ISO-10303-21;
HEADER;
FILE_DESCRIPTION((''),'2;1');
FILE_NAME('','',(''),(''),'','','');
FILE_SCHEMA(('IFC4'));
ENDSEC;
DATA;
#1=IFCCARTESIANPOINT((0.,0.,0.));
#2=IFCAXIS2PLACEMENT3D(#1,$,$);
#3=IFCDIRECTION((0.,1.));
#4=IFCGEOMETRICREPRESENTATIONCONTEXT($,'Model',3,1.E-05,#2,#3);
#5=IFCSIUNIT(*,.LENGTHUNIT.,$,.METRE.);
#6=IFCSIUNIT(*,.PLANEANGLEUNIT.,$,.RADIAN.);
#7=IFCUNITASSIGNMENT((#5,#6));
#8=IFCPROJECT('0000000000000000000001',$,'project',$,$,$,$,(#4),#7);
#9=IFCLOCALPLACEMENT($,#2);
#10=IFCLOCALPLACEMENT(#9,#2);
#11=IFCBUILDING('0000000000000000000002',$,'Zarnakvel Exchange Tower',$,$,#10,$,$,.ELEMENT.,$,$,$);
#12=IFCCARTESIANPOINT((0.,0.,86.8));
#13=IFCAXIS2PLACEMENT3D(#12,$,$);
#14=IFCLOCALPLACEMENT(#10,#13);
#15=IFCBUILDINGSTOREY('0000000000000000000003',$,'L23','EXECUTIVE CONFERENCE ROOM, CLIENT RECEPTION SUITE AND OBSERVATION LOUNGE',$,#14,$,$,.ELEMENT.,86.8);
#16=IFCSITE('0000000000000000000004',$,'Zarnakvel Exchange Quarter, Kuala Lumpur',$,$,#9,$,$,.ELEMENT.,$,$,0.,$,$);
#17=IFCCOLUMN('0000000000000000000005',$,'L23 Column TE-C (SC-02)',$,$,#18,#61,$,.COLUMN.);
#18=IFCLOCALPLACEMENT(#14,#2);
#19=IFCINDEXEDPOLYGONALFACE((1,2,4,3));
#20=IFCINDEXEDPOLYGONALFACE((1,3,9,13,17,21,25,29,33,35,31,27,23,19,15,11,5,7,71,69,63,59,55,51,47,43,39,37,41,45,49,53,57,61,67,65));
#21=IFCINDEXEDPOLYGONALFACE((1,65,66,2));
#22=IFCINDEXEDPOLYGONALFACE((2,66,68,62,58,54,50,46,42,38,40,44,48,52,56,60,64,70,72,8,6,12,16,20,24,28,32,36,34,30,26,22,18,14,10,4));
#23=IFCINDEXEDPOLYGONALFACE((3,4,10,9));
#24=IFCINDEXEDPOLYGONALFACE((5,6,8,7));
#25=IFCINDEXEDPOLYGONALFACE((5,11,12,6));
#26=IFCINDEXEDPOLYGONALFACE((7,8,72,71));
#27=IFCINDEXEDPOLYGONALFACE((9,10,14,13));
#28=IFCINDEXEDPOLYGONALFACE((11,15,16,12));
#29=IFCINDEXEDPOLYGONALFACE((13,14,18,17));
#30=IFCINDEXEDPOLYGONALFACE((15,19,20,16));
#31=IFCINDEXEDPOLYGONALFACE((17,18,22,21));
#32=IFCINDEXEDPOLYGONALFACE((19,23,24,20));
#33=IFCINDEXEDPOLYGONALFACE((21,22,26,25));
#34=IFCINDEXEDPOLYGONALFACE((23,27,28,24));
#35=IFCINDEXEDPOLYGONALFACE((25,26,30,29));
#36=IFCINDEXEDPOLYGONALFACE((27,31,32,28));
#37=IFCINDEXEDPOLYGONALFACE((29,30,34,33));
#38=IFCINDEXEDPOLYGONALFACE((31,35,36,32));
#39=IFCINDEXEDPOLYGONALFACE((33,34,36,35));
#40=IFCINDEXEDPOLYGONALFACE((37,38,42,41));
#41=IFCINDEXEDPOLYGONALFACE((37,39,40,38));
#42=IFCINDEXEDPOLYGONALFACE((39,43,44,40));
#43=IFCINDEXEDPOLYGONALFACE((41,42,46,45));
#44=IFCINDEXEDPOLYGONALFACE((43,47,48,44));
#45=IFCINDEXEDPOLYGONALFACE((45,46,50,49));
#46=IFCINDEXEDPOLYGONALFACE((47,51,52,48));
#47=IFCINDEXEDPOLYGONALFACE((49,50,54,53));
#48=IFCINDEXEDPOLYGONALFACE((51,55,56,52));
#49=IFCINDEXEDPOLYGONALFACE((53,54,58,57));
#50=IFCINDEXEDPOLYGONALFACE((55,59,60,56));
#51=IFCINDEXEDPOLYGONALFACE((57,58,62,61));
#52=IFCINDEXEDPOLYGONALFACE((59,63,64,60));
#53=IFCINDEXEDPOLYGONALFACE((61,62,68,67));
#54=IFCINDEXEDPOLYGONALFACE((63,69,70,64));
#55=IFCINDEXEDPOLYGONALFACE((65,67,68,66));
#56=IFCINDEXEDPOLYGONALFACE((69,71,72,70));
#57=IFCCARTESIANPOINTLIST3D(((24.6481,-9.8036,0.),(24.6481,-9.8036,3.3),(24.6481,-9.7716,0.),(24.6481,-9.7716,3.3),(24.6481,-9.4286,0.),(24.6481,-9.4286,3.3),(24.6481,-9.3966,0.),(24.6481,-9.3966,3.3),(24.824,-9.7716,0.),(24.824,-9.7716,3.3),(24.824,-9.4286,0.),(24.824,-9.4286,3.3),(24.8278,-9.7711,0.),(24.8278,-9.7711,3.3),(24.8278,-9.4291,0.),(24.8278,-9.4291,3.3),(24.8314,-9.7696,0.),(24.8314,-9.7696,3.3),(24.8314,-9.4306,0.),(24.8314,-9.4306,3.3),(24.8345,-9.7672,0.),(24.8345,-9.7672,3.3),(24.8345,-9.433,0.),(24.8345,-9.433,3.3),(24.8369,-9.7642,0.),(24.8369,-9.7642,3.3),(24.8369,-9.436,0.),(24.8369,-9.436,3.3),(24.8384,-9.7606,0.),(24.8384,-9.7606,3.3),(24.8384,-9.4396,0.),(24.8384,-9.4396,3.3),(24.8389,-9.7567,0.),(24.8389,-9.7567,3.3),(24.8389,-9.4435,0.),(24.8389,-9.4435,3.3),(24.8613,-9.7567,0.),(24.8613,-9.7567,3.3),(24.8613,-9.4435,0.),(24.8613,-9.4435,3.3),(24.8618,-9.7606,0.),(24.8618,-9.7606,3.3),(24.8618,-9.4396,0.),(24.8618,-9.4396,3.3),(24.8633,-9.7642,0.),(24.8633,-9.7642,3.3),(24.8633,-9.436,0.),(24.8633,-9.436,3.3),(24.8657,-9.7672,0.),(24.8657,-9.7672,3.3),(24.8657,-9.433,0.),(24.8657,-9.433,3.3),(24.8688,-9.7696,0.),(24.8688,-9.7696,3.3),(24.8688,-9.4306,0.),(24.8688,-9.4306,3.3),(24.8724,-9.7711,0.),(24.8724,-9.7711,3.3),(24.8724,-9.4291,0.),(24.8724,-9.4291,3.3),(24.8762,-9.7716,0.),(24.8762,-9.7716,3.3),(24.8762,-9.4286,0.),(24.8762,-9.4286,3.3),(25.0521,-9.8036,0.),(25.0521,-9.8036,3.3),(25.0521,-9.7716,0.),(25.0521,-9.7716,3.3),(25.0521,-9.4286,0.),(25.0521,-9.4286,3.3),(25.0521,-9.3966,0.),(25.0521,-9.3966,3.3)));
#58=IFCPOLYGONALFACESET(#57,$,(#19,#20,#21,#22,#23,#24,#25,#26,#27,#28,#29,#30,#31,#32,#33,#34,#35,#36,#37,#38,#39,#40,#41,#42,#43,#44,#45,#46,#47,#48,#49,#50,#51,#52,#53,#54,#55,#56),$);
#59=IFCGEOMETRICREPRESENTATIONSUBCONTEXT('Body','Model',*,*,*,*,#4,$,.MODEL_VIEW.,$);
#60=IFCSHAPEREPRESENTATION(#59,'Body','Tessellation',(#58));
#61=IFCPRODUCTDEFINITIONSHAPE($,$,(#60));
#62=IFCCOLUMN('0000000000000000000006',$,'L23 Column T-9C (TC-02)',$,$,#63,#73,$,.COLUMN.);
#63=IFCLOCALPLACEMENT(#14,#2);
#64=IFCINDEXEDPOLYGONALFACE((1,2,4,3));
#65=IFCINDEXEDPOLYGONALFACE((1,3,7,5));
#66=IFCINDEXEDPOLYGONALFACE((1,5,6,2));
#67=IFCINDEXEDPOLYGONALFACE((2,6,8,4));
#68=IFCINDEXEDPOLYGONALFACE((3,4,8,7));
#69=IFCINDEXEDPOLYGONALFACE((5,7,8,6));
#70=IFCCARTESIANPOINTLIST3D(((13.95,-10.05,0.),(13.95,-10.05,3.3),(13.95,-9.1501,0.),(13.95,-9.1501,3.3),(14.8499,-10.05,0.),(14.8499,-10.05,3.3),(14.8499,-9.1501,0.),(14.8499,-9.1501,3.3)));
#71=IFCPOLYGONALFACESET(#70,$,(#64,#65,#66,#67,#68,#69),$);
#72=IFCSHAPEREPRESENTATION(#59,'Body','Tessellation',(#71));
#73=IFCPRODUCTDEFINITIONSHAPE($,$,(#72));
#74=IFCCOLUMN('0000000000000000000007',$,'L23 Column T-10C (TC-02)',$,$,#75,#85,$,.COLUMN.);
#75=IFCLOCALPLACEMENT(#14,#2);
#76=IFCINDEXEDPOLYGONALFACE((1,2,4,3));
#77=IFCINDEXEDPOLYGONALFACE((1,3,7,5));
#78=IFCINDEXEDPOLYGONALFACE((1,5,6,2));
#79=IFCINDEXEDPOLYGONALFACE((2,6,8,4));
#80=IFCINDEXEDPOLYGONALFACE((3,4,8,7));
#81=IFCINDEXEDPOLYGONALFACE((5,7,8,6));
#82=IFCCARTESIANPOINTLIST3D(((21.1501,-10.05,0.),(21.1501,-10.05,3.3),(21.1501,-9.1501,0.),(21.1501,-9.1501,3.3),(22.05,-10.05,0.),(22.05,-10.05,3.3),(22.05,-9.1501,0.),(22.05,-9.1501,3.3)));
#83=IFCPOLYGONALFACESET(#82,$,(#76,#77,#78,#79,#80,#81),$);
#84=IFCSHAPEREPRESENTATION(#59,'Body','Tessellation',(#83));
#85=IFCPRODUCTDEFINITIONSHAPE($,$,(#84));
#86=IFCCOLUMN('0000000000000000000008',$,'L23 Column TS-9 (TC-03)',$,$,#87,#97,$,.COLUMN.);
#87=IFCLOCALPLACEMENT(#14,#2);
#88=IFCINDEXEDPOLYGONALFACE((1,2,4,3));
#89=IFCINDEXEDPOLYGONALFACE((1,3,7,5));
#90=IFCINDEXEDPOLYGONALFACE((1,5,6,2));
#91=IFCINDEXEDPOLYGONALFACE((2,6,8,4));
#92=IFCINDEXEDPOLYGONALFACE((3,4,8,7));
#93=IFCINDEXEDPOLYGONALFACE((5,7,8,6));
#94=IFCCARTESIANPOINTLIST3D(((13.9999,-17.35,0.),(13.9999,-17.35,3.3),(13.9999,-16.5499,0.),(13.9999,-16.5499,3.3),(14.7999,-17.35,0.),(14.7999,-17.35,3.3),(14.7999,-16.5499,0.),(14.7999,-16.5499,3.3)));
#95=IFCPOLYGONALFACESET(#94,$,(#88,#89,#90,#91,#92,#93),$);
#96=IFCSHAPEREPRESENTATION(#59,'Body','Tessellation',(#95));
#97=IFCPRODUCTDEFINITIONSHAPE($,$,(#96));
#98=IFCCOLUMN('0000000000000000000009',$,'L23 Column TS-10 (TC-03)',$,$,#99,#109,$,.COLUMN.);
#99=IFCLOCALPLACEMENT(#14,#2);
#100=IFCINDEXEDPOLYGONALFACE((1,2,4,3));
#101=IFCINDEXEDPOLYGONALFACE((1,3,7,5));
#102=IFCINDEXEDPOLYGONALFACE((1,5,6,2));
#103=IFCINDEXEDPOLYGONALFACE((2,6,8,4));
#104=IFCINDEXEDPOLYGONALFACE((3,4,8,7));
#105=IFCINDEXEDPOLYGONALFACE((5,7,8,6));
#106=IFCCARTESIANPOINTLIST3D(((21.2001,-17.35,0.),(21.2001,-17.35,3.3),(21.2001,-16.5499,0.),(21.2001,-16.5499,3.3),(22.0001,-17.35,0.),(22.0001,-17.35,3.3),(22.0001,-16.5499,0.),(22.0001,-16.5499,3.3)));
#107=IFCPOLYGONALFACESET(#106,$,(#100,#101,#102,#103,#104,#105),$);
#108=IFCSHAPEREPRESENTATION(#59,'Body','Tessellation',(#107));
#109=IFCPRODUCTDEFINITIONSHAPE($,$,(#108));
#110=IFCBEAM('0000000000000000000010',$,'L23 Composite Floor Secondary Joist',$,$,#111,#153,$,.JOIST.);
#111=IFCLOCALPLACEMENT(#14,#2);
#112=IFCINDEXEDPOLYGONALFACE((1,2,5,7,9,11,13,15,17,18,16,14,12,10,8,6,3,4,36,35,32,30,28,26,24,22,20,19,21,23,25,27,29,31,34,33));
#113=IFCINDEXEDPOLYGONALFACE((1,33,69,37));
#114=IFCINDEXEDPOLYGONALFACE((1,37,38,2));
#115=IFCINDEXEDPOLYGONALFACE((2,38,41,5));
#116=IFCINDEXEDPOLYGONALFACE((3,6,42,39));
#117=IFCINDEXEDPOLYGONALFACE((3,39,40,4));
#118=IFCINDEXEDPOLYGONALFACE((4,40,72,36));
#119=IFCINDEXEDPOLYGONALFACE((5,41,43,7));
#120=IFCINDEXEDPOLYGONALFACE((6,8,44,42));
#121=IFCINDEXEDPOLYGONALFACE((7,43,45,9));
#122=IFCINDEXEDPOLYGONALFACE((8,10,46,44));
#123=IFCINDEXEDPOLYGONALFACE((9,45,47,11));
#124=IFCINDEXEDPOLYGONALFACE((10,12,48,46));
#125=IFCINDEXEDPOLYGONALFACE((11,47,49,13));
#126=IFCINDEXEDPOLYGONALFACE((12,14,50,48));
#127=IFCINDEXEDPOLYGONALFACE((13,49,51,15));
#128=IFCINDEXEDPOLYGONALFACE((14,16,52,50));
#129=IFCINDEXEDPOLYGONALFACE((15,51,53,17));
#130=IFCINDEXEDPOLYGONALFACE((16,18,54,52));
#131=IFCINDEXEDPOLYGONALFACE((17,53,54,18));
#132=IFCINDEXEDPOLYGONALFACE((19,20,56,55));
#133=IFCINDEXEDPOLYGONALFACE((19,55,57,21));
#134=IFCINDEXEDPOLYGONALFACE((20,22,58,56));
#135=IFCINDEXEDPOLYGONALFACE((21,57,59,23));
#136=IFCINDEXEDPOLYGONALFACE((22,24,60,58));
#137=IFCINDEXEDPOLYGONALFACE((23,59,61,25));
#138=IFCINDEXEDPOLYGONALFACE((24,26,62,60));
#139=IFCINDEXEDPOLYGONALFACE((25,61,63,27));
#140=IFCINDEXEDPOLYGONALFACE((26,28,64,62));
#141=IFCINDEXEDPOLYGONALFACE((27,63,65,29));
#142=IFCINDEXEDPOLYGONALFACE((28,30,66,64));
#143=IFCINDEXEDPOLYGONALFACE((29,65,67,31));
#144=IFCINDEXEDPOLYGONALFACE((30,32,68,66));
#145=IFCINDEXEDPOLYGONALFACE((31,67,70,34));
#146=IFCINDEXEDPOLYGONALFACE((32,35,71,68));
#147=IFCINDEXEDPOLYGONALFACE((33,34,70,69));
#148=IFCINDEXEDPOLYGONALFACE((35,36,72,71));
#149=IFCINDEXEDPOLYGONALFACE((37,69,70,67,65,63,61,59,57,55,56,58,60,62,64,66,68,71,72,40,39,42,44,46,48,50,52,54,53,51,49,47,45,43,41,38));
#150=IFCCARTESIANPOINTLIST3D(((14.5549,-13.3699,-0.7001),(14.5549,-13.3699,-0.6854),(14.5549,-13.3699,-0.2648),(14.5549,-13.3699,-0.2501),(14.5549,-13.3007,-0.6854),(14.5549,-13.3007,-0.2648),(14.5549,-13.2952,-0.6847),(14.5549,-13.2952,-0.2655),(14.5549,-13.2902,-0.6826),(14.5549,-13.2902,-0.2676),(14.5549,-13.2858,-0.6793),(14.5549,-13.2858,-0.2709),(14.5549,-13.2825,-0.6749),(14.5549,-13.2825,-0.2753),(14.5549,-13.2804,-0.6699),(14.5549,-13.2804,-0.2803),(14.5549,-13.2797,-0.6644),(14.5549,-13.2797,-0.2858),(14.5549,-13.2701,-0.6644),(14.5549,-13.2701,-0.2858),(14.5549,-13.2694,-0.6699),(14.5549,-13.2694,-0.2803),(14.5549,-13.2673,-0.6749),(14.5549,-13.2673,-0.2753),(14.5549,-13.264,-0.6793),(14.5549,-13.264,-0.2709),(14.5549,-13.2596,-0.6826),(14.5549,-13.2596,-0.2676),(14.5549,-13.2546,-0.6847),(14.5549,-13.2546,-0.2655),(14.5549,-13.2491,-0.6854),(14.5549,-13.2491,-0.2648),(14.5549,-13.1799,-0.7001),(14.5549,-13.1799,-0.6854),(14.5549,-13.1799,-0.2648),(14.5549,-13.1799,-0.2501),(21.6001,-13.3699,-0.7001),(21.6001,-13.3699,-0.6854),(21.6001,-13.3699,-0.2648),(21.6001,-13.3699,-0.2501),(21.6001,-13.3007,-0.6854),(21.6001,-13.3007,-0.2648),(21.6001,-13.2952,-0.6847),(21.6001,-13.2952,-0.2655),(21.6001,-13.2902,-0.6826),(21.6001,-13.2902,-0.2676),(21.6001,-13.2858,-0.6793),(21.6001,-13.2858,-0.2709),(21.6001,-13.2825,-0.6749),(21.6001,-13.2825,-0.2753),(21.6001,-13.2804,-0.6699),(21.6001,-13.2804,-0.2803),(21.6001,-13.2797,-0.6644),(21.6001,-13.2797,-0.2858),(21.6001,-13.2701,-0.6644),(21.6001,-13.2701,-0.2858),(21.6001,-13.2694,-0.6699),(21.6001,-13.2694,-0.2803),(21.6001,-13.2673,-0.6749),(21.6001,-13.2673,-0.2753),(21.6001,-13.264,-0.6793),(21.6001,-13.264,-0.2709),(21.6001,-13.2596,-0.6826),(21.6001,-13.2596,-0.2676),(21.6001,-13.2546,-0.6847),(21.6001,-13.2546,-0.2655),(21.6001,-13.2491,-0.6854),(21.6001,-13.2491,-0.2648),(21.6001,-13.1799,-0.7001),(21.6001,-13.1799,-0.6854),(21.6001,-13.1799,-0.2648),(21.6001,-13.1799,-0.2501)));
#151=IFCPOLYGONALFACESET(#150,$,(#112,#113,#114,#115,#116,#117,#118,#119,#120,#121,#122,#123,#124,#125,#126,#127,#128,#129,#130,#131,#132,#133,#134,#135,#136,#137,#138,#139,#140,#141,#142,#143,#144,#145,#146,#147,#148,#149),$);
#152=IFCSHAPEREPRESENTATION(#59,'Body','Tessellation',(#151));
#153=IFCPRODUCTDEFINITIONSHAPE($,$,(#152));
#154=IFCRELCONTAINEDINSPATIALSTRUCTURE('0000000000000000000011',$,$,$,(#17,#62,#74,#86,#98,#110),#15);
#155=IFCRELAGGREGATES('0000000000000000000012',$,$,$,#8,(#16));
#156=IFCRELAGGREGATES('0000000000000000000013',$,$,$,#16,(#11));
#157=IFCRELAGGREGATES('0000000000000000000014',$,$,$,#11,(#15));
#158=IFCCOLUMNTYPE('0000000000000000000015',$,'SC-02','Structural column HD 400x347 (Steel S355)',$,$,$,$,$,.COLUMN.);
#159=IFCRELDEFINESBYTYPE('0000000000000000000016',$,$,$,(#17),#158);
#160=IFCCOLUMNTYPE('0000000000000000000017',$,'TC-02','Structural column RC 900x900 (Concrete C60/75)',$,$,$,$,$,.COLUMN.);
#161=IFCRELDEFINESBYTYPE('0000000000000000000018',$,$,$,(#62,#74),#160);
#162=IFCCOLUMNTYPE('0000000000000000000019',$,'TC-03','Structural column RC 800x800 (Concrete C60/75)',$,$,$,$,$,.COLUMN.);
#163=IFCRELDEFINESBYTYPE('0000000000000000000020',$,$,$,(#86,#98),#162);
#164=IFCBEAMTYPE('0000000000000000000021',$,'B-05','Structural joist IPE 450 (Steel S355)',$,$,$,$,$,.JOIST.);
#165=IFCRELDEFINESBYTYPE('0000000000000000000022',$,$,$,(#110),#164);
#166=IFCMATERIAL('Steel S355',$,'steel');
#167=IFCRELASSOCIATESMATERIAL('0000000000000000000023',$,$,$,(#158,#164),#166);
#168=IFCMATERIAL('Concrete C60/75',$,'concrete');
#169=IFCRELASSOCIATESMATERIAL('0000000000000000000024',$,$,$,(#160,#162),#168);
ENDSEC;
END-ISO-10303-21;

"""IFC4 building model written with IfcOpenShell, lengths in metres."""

from ifc_helpers import new_model, si_unit, direction, frame, origin, origin_2d, place, context, subcontext, project, spatial, rectangle, i_section, extrude, material, material_profile, profile_set, type_object, element, save


model = new_model("IFC4")

# Units and contexts
model_context = context("Model", 3, precision=1e-05, world=origin(), true_north=direction((0.0, 1.0)))
body_context = subcontext(model_context, "Body", "Model", "MODEL_VIEW")
ifc_project = project(units=[si_unit("LENGTHUNIT", "METRE"), si_unit("PLANEANGLEUNIT", "RADIAN")], contexts=[model_context])

# Site, building, storey
site_placement = place(None, origin())
site = spatial("IfcSite", under=ifc_project, at=site_placement, Name="Zarnakvel Exchange Quarter, Kuala Lumpur", CompositionType="ELEMENT", RefElevation=0.0)
building_placement = place(site_placement, origin())
building = spatial("IfcBuilding", under=site, at=building_placement, Name="Zarnakvel Exchange Tower", CompositionType="ELEMENT")
storey_placement = place(building_placement, frame((0.0, 0.0, 86.8)))
storey = spatial("IfcBuildingStorey", under=building, at=storey_placement, Name="L23", Description="EXECUTIVE CONFERENCE ROOM, CLIENT RECEPTION SUITE AND OBSERVATION LOUNGE", CompositionType="ELEMENT", Elevation=86.8)

# Columns
ifc_material_1 = material(Name="Steel S355", Category="steel")
ifc_material_profile_1 = material_profile(ifc_material_1, i_section(OverallWidth=0.4041, OverallDepth=0.407, WebThickness=0.0225, FlangeThickness=0.032, FilletRadius=0.0149, at=origin_2d()))
ifc_profile_set_1 = profile_set([ifc_material_profile_1], Name="Steel S355")
column_type_1 = type_object("IfcColumnType", Name="SC-02", Description="Structural column HD 400x347 (Steel S355)", PredefinedType="COLUMN", material=ifc_profile_set_1)
column_placement = place(storey_placement, frame((24.8501, -9.6001, 0.0), z_axis=(0.0, 0.0, 1.0), x_axis=(1.0, 0.0, 0.0)))
element("IfcColumn", 1, at=column_placement, inside=storey, type_object=column_type_1, Name="L23 Column TE-C (SC-02)", PredefinedType="COLUMN", context=body_context, shape_type="SweptSolid", body=[
    extrude(i_section(OverallWidth=0.4041, OverallDepth=0.407, WebThickness=0.0225, FlangeThickness=0.032, FilletRadius=0.0149, at=origin_2d()), origin(), (0.0, 0.0, 1.0), 3.3),
])
ifc_material_2 = material(Name="Concrete C60/75", Category="concrete")
ifc_material_profile_2 = material_profile(ifc_material_2, rectangle(XDim=0.8999, YDim=0.8999, at=origin_2d()))
ifc_profile_set_2 = profile_set([ifc_material_profile_2], Name="Concrete C60/75")
column_type_2 = type_object("IfcColumnType", Name="TC-02", Description="Structural column RC 900x900 (Concrete C60/75)", PredefinedType="COLUMN", material=ifc_profile_set_2)
for number, where, z_axis, x_axis, name in (
    (2, (14.3999, -9.6001, 0.0), (0.0, 0.0, 1.0), (1.0, 0.0, 0.0), "L23 Column T-9C (TC-02)"),
    (3, (21.6001, -9.6001, 0.0), (0.0, 0.0, 1.0), (1.0, 0.0, 0.0), "L23 Column T-10C (TC-02)"),
):
    element("IfcColumn", number, at=place(storey_placement, frame(where, z_axis=z_axis, x_axis=x_axis)), inside=storey, type_object=column_type_2, Name=name, PredefinedType="COLUMN", context=body_context, shape_type="SweptSolid", body=[
        extrude(rectangle(XDim=0.8999, YDim=0.8999, at=origin_2d()), origin(), (0.0, 0.0, 1.0), 3.3),
    ])
ifc_material_profile_3 = material_profile(ifc_material_2, rectangle(XDim=0.8, YDim=0.8, at=origin_2d()))
ifc_profile_set_3 = profile_set([ifc_material_profile_3], Name="Concrete C60/75")
column_type_3 = type_object("IfcColumnType", Name="TC-03", Description="Structural column RC 800x800 (Concrete C60/75)", PredefinedType="COLUMN", material=ifc_profile_set_3)
for number, where, z_axis, x_axis, name in (
    (4, (14.3999, -16.95, 0.0), (0.0, 0.0, 1.0), (1.0, 0.0, 0.0), "L23 Column TS-9 (TC-03)"),
    (5, (21.6001, -16.95, 0.0), (0.0, 0.0, 1.0), (1.0, 0.0, 0.0), "L23 Column TS-10 (TC-03)"),
):
    element("IfcColumn", number, at=place(storey_placement, frame(where, z_axis=z_axis, x_axis=x_axis)), inside=storey, type_object=column_type_3, Name=name, PredefinedType="COLUMN", context=body_context, shape_type="SweptSolid", body=[
        extrude(rectangle(XDim=0.8, YDim=0.8, at=origin_2d()), origin(), (0.0, 0.0, 1.0), 3.3),
    ])

# Beam
ifc_material_profile_4 = material_profile(ifc_material_1, i_section(OverallWidth=0.1899, OverallDepth=0.45, WebThickness=0.0095, FlangeThickness=0.0146, FilletRadius=0.021, at=origin_2d()))
ifc_profile_set_4 = profile_set([ifc_material_profile_4], Name="Steel S355")
beam_type_1 = type_object("IfcBeamType", Name="B-05", Description="Structural joist IPE 450 (Steel S355)", PredefinedType="JOIST", material=ifc_profile_set_4)
beam_1_placement = place(storey_placement, frame((14.5549, -13.2749, -0.4751), z_axis=(1.0, 0.0, 0.0), x_axis=(0.0, 1.0, 0.0)))
element("IfcBeam", 6, at=beam_1_placement, inside=storey, type_object=beam_type_1, Name="L23 Composite Floor Secondary Joist", PredefinedType="JOIST", context=body_context, shape_type="SweptSolid", body=[
    extrude(i_section(OverallWidth=0.1899, OverallDepth=0.45, WebThickness=0.0095, FlangeThickness=0.0146, FilletRadius=0.021, at=origin_2d()), origin(), (0.0, 0.0, 1.0), 7.0452),
])

save(model, "model.ifc")
